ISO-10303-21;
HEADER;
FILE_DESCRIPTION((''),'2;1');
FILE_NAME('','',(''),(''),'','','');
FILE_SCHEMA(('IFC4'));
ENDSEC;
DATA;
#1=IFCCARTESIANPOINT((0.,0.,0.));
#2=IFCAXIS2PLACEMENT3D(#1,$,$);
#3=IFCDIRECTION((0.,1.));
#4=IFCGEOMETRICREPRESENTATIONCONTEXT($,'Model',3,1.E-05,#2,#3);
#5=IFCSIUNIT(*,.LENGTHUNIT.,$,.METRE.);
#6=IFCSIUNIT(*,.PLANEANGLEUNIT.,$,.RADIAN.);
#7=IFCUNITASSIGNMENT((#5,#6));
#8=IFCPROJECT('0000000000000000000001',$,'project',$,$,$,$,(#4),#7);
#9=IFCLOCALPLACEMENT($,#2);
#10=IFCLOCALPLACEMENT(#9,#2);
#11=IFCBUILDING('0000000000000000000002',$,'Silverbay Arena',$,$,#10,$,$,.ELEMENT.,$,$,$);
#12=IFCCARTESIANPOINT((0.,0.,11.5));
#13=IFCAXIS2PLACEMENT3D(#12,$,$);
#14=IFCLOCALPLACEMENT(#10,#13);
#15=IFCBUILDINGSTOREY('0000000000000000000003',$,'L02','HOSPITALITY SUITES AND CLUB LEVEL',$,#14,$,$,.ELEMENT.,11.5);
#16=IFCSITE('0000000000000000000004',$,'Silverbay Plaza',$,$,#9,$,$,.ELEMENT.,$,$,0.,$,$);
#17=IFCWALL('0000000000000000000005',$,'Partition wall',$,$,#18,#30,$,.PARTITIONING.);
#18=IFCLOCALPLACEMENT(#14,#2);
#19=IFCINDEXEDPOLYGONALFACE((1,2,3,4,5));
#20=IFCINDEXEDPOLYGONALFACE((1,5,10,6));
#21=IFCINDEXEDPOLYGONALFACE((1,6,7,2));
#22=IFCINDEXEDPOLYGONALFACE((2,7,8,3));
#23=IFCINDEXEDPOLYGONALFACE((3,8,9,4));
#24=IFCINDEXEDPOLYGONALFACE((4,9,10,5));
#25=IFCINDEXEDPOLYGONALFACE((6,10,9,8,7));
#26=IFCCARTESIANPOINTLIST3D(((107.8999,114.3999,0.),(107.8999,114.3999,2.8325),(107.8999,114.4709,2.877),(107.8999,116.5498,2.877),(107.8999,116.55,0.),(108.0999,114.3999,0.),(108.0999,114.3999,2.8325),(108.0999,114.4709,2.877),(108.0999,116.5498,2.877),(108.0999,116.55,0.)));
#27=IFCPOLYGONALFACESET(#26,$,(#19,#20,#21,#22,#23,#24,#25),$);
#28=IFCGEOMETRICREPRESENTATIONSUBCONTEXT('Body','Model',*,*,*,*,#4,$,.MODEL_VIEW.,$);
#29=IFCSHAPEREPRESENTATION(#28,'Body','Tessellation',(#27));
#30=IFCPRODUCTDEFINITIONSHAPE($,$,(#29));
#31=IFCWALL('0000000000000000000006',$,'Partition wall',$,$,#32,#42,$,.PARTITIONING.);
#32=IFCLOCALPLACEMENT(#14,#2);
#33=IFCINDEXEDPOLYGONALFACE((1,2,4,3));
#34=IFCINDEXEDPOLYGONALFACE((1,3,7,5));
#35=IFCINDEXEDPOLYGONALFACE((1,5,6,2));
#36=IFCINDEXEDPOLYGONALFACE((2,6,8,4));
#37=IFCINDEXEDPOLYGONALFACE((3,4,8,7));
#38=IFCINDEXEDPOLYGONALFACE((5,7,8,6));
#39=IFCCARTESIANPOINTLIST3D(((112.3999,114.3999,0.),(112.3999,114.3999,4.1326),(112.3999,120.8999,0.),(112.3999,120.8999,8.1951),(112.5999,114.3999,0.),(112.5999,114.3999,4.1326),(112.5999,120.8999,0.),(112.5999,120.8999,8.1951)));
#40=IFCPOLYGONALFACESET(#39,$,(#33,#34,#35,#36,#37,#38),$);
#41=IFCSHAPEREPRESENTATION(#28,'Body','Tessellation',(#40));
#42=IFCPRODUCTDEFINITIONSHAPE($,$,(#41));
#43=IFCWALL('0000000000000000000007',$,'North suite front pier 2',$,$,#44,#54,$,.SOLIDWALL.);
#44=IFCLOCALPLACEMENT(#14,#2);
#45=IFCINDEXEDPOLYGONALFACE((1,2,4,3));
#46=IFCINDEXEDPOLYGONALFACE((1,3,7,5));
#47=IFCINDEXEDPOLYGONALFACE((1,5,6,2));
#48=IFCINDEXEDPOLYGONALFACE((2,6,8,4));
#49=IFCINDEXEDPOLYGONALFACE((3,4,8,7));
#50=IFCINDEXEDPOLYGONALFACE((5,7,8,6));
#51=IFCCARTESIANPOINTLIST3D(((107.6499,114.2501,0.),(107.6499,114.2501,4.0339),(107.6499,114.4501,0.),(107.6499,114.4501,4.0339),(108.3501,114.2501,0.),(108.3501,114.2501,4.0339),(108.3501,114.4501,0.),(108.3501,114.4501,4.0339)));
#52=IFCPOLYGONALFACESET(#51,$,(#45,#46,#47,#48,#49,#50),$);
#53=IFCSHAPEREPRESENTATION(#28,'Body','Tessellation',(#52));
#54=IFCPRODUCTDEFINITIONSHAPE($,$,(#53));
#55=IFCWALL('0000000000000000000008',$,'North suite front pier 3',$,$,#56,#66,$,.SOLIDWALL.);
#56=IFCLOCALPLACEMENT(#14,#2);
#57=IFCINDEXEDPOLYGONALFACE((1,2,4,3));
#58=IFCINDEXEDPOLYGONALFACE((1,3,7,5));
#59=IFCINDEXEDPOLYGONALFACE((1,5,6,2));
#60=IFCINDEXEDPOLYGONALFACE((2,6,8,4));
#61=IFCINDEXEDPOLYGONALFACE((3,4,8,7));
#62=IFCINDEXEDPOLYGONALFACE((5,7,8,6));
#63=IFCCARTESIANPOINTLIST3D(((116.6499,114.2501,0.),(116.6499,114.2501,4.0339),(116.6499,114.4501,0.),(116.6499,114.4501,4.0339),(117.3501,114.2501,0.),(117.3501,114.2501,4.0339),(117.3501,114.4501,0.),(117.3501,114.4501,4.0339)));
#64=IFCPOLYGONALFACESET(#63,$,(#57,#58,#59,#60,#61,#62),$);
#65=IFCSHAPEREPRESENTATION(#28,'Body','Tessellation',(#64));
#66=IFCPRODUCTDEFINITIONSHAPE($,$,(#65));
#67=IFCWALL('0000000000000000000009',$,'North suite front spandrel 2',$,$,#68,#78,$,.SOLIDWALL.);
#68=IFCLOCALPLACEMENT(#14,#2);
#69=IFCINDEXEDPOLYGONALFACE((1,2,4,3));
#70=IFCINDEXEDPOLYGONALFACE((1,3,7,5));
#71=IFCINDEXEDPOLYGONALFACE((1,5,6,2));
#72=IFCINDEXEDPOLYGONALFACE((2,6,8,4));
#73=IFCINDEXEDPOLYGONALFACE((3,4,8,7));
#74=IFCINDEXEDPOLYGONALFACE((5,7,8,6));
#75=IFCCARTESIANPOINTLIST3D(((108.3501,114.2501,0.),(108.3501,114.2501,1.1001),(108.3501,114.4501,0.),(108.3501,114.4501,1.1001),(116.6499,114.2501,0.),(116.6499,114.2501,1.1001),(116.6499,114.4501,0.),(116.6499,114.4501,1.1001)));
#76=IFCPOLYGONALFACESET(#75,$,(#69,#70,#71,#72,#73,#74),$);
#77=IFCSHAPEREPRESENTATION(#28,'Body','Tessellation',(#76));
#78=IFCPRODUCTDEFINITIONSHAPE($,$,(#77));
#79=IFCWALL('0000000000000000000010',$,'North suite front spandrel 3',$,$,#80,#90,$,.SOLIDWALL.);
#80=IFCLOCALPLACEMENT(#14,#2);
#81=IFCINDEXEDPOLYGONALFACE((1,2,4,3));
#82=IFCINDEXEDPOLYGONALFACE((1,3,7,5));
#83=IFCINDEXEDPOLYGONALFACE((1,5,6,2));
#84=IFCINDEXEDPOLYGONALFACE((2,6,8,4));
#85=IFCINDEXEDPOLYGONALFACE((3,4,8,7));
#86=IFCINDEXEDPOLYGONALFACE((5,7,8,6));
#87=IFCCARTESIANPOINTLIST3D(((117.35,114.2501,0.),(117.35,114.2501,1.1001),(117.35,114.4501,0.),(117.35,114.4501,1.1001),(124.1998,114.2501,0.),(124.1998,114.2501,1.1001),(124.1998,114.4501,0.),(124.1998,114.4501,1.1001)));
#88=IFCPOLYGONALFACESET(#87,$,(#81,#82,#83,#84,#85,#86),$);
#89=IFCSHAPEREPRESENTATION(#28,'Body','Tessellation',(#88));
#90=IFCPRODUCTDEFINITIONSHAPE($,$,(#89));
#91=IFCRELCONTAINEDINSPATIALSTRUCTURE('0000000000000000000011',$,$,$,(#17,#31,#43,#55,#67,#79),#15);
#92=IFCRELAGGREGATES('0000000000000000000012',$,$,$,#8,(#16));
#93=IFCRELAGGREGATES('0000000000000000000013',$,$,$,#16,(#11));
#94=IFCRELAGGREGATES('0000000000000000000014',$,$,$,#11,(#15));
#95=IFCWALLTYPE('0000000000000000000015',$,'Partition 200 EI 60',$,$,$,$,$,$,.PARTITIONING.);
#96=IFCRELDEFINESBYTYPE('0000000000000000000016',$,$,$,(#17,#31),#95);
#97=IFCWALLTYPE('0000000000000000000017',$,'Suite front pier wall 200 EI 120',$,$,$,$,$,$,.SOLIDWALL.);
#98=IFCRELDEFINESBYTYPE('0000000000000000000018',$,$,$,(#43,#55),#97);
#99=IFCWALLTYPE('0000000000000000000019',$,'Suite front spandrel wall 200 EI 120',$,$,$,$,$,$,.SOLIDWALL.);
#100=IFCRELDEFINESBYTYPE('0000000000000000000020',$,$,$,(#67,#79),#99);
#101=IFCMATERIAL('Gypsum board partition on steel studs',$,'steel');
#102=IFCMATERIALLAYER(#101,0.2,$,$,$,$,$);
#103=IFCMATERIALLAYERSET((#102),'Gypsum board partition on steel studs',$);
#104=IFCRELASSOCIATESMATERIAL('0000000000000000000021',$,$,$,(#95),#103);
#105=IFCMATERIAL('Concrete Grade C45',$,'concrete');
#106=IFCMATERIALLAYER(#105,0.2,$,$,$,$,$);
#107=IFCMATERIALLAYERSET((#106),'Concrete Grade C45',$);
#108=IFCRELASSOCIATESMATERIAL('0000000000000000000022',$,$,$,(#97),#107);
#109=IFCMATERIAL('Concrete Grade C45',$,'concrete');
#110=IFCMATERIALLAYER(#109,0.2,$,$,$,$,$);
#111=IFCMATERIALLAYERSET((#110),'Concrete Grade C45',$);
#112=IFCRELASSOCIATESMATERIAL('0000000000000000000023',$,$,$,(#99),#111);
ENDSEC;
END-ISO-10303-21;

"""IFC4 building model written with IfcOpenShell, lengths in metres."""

from ifc_helpers import new_model, si_unit, direction, frame, frame_2d, origin, place, context, subcontext, project, spatial, polyline, rectangle, outline, extrude, material, layer, layer_set, type_object, element, save


model = new_model("IFC4")

# Units and contexts
model_context = context("Model", 3, precision=1e-05, world=origin(), true_north=direction((0.0, 1.0)))
body_context = subcontext(model_context, "Body", "Model", "MODEL_VIEW")
ifc_project = project(units=[si_unit("LENGTHUNIT", "METRE"), si_unit("PLANEANGLEUNIT", "RADIAN")], contexts=[model_context])

# Site, building, storey
site_placement = place(None, origin())
site = spatial("IfcSite", under=ifc_project, at=site_placement, Name="Silverbay Plaza", CompositionType="ELEMENT", RefElevation=0.0)
building_placement = place(site_placement, origin())
building = spatial("IfcBuilding", under=site, at=building_placement, Name="Silverbay Arena", CompositionType="ELEMENT")
storey_placement = place(building_placement, frame((0.0, 0.0, 11.5)))
storey = spatial("IfcBuildingStorey", under=building, at=storey_placement, Name="L02", Description="HOSPITALITY SUITES AND CLUB LEVEL", CompositionType="ELEMENT", Elevation=11.5)

# Walls
ifc_material_1 = material(Name="Gypsum board partition on steel studs", Category="steel")
ifc_layer_1 = layer(ifc_material_1, 0.2)
ifc_layer_set_1 = layer_set([ifc_layer_1], Name="Gypsum board partition on steel studs")
wall_type_1 = type_object("IfcWallType", Name="Partition 200 EI 60", PredefinedType="PARTITIONING", material=ifc_layer_set_1)
wall_1_placement = place(storey_placement, frame((108.0, 114.3999, 0.0), z_axis=(0.0, 0.0, 1.0), x_axis=(0.0, 1.0, 0.0)))
element("IfcWall", 1, at=wall_1_placement, inside=storey, type_object=wall_type_1, Name="Partition wall", PredefinedType="PARTITIONING", context=body_context, shape_type="SweptSolid", body=[
    extrude(outline(polyline([(0.0, 0.0), (2.1501, 0.0), (2.1499, 2.877), (0.071, 2.877), (0.0, 2.8325), (0.0, 0.0)])), frame((0.0, 0.1001, 0.0), z_axis=(0.0, -1.0, 0.0), x_axis=(1.0, 0.0, 0.0)), (0.0, 0.0, 1.0), 0.2),
])
wall_2_placement = place(storey_placement, frame((112.5, 114.3999, 0.0), z_axis=(0.0, 0.0, 1.0), x_axis=(0.0, 1.0, 0.0)))
element("IfcWall", 2, at=wall_2_placement, inside=storey, type_object=wall_type_1, Name="Partition wall", PredefinedType="PARTITIONING", context=body_context, shape_type="SweptSolid", body=[
    extrude(outline(polyline([(0.0, 0.0), (6.5, 0.0), (6.5, 8.1951), (0.0, 4.1326), (0.0, 0.0)])), frame((0.0, 0.1001, 0.0), z_axis=(0.0, -1.0, 0.0), x_axis=(1.0, 0.0, 0.0)), (0.0, 0.0, 1.0), 0.2),
])
ifc_material_2 = material(Name="Concrete Grade C45", Category="concrete")
ifc_layer_2 = layer(ifc_material_2, 0.2)
ifc_layer_set_2 = layer_set([ifc_layer_2], Name="Concrete Grade C45")
wall_type_2 = type_object("IfcWallType", Name="Suite front pier wall 200 EI 120", PredefinedType="SOLIDWALL", material=ifc_layer_set_2)
for number, where, z_axis, x_axis, name in (
    (3, (107.6499, 114.3501, 0.0), (0.0, 0.0, 1.0), (1.0, 0.0, 0.0), "North suite front pier 2"),
    (4, (116.6499, 114.3501, 0.0), (0.0, 0.0, 1.0), (1.0, 0.0, 0.0), "North suite front pier 3"),
):
    element("IfcWall", number, at=place(storey_placement, frame(where, z_axis=z_axis, x_axis=x_axis)), inside=storey, type_object=wall_type_2, Name=name, PredefinedType="SOLIDWALL", context=body_context, shape_type="SweptSolid", body=[
        extrude(rectangle(XDim=0.7002, YDim=0.2, at=frame_2d((0.3501, 0.0))), origin(), (0.0, 0.0, 1.0), 4.0339),
    ])
ifc_material_3 = material(Name="Concrete Grade C45", Category="concrete")
ifc_layer_3 = layer(ifc_material_3, 0.2)
ifc_layer_set_3 = layer_set([ifc_layer_3], Name="Concrete Grade C45")
wall_type_3 = type_object("IfcWallType", Name="Suite front spandrel wall 200 EI 120", PredefinedType="SOLIDWALL", material=ifc_layer_set_3)
wall_3_placement = place(storey_placement, frame((108.3501, 114.3501, 0.0), z_axis=(0.0, 0.0, 1.0), x_axis=(1.0, 0.0, 0.0)))
element("IfcWall", 5, at=wall_3_placement, inside=storey, type_object=wall_type_3, Name="North suite front spandrel 2", PredefinedType="SOLIDWALL", context=body_context, shape_type="SweptSolid", body=[
    extrude(rectangle(XDim=8.2998, YDim=0.2, at=frame_2d((4.1499, 0.0))), origin(), (0.0, 0.0, 1.0), 1.1001),
])
wall_4_placement = place(storey_placement, frame((117.3501, 114.3501, 0.0), z_axis=(0.0, 0.0, 1.0), x_axis=(1.0, 0.0, 0.0)))
element("IfcWall", 6, at=wall_4_placement, inside=storey, type_object=wall_type_3, Name="North suite front spandrel 3", PredefinedType="SOLIDWALL", context=body_context, shape_type="SweptSolid", body=[
    extrude(rectangle(XDim=6.8499, YDim=0.2, at=frame_2d((3.4248, 0.0))), origin(), (0.0, 0.0, 1.0), 1.1001),
])

save(model, "model.ifc")
